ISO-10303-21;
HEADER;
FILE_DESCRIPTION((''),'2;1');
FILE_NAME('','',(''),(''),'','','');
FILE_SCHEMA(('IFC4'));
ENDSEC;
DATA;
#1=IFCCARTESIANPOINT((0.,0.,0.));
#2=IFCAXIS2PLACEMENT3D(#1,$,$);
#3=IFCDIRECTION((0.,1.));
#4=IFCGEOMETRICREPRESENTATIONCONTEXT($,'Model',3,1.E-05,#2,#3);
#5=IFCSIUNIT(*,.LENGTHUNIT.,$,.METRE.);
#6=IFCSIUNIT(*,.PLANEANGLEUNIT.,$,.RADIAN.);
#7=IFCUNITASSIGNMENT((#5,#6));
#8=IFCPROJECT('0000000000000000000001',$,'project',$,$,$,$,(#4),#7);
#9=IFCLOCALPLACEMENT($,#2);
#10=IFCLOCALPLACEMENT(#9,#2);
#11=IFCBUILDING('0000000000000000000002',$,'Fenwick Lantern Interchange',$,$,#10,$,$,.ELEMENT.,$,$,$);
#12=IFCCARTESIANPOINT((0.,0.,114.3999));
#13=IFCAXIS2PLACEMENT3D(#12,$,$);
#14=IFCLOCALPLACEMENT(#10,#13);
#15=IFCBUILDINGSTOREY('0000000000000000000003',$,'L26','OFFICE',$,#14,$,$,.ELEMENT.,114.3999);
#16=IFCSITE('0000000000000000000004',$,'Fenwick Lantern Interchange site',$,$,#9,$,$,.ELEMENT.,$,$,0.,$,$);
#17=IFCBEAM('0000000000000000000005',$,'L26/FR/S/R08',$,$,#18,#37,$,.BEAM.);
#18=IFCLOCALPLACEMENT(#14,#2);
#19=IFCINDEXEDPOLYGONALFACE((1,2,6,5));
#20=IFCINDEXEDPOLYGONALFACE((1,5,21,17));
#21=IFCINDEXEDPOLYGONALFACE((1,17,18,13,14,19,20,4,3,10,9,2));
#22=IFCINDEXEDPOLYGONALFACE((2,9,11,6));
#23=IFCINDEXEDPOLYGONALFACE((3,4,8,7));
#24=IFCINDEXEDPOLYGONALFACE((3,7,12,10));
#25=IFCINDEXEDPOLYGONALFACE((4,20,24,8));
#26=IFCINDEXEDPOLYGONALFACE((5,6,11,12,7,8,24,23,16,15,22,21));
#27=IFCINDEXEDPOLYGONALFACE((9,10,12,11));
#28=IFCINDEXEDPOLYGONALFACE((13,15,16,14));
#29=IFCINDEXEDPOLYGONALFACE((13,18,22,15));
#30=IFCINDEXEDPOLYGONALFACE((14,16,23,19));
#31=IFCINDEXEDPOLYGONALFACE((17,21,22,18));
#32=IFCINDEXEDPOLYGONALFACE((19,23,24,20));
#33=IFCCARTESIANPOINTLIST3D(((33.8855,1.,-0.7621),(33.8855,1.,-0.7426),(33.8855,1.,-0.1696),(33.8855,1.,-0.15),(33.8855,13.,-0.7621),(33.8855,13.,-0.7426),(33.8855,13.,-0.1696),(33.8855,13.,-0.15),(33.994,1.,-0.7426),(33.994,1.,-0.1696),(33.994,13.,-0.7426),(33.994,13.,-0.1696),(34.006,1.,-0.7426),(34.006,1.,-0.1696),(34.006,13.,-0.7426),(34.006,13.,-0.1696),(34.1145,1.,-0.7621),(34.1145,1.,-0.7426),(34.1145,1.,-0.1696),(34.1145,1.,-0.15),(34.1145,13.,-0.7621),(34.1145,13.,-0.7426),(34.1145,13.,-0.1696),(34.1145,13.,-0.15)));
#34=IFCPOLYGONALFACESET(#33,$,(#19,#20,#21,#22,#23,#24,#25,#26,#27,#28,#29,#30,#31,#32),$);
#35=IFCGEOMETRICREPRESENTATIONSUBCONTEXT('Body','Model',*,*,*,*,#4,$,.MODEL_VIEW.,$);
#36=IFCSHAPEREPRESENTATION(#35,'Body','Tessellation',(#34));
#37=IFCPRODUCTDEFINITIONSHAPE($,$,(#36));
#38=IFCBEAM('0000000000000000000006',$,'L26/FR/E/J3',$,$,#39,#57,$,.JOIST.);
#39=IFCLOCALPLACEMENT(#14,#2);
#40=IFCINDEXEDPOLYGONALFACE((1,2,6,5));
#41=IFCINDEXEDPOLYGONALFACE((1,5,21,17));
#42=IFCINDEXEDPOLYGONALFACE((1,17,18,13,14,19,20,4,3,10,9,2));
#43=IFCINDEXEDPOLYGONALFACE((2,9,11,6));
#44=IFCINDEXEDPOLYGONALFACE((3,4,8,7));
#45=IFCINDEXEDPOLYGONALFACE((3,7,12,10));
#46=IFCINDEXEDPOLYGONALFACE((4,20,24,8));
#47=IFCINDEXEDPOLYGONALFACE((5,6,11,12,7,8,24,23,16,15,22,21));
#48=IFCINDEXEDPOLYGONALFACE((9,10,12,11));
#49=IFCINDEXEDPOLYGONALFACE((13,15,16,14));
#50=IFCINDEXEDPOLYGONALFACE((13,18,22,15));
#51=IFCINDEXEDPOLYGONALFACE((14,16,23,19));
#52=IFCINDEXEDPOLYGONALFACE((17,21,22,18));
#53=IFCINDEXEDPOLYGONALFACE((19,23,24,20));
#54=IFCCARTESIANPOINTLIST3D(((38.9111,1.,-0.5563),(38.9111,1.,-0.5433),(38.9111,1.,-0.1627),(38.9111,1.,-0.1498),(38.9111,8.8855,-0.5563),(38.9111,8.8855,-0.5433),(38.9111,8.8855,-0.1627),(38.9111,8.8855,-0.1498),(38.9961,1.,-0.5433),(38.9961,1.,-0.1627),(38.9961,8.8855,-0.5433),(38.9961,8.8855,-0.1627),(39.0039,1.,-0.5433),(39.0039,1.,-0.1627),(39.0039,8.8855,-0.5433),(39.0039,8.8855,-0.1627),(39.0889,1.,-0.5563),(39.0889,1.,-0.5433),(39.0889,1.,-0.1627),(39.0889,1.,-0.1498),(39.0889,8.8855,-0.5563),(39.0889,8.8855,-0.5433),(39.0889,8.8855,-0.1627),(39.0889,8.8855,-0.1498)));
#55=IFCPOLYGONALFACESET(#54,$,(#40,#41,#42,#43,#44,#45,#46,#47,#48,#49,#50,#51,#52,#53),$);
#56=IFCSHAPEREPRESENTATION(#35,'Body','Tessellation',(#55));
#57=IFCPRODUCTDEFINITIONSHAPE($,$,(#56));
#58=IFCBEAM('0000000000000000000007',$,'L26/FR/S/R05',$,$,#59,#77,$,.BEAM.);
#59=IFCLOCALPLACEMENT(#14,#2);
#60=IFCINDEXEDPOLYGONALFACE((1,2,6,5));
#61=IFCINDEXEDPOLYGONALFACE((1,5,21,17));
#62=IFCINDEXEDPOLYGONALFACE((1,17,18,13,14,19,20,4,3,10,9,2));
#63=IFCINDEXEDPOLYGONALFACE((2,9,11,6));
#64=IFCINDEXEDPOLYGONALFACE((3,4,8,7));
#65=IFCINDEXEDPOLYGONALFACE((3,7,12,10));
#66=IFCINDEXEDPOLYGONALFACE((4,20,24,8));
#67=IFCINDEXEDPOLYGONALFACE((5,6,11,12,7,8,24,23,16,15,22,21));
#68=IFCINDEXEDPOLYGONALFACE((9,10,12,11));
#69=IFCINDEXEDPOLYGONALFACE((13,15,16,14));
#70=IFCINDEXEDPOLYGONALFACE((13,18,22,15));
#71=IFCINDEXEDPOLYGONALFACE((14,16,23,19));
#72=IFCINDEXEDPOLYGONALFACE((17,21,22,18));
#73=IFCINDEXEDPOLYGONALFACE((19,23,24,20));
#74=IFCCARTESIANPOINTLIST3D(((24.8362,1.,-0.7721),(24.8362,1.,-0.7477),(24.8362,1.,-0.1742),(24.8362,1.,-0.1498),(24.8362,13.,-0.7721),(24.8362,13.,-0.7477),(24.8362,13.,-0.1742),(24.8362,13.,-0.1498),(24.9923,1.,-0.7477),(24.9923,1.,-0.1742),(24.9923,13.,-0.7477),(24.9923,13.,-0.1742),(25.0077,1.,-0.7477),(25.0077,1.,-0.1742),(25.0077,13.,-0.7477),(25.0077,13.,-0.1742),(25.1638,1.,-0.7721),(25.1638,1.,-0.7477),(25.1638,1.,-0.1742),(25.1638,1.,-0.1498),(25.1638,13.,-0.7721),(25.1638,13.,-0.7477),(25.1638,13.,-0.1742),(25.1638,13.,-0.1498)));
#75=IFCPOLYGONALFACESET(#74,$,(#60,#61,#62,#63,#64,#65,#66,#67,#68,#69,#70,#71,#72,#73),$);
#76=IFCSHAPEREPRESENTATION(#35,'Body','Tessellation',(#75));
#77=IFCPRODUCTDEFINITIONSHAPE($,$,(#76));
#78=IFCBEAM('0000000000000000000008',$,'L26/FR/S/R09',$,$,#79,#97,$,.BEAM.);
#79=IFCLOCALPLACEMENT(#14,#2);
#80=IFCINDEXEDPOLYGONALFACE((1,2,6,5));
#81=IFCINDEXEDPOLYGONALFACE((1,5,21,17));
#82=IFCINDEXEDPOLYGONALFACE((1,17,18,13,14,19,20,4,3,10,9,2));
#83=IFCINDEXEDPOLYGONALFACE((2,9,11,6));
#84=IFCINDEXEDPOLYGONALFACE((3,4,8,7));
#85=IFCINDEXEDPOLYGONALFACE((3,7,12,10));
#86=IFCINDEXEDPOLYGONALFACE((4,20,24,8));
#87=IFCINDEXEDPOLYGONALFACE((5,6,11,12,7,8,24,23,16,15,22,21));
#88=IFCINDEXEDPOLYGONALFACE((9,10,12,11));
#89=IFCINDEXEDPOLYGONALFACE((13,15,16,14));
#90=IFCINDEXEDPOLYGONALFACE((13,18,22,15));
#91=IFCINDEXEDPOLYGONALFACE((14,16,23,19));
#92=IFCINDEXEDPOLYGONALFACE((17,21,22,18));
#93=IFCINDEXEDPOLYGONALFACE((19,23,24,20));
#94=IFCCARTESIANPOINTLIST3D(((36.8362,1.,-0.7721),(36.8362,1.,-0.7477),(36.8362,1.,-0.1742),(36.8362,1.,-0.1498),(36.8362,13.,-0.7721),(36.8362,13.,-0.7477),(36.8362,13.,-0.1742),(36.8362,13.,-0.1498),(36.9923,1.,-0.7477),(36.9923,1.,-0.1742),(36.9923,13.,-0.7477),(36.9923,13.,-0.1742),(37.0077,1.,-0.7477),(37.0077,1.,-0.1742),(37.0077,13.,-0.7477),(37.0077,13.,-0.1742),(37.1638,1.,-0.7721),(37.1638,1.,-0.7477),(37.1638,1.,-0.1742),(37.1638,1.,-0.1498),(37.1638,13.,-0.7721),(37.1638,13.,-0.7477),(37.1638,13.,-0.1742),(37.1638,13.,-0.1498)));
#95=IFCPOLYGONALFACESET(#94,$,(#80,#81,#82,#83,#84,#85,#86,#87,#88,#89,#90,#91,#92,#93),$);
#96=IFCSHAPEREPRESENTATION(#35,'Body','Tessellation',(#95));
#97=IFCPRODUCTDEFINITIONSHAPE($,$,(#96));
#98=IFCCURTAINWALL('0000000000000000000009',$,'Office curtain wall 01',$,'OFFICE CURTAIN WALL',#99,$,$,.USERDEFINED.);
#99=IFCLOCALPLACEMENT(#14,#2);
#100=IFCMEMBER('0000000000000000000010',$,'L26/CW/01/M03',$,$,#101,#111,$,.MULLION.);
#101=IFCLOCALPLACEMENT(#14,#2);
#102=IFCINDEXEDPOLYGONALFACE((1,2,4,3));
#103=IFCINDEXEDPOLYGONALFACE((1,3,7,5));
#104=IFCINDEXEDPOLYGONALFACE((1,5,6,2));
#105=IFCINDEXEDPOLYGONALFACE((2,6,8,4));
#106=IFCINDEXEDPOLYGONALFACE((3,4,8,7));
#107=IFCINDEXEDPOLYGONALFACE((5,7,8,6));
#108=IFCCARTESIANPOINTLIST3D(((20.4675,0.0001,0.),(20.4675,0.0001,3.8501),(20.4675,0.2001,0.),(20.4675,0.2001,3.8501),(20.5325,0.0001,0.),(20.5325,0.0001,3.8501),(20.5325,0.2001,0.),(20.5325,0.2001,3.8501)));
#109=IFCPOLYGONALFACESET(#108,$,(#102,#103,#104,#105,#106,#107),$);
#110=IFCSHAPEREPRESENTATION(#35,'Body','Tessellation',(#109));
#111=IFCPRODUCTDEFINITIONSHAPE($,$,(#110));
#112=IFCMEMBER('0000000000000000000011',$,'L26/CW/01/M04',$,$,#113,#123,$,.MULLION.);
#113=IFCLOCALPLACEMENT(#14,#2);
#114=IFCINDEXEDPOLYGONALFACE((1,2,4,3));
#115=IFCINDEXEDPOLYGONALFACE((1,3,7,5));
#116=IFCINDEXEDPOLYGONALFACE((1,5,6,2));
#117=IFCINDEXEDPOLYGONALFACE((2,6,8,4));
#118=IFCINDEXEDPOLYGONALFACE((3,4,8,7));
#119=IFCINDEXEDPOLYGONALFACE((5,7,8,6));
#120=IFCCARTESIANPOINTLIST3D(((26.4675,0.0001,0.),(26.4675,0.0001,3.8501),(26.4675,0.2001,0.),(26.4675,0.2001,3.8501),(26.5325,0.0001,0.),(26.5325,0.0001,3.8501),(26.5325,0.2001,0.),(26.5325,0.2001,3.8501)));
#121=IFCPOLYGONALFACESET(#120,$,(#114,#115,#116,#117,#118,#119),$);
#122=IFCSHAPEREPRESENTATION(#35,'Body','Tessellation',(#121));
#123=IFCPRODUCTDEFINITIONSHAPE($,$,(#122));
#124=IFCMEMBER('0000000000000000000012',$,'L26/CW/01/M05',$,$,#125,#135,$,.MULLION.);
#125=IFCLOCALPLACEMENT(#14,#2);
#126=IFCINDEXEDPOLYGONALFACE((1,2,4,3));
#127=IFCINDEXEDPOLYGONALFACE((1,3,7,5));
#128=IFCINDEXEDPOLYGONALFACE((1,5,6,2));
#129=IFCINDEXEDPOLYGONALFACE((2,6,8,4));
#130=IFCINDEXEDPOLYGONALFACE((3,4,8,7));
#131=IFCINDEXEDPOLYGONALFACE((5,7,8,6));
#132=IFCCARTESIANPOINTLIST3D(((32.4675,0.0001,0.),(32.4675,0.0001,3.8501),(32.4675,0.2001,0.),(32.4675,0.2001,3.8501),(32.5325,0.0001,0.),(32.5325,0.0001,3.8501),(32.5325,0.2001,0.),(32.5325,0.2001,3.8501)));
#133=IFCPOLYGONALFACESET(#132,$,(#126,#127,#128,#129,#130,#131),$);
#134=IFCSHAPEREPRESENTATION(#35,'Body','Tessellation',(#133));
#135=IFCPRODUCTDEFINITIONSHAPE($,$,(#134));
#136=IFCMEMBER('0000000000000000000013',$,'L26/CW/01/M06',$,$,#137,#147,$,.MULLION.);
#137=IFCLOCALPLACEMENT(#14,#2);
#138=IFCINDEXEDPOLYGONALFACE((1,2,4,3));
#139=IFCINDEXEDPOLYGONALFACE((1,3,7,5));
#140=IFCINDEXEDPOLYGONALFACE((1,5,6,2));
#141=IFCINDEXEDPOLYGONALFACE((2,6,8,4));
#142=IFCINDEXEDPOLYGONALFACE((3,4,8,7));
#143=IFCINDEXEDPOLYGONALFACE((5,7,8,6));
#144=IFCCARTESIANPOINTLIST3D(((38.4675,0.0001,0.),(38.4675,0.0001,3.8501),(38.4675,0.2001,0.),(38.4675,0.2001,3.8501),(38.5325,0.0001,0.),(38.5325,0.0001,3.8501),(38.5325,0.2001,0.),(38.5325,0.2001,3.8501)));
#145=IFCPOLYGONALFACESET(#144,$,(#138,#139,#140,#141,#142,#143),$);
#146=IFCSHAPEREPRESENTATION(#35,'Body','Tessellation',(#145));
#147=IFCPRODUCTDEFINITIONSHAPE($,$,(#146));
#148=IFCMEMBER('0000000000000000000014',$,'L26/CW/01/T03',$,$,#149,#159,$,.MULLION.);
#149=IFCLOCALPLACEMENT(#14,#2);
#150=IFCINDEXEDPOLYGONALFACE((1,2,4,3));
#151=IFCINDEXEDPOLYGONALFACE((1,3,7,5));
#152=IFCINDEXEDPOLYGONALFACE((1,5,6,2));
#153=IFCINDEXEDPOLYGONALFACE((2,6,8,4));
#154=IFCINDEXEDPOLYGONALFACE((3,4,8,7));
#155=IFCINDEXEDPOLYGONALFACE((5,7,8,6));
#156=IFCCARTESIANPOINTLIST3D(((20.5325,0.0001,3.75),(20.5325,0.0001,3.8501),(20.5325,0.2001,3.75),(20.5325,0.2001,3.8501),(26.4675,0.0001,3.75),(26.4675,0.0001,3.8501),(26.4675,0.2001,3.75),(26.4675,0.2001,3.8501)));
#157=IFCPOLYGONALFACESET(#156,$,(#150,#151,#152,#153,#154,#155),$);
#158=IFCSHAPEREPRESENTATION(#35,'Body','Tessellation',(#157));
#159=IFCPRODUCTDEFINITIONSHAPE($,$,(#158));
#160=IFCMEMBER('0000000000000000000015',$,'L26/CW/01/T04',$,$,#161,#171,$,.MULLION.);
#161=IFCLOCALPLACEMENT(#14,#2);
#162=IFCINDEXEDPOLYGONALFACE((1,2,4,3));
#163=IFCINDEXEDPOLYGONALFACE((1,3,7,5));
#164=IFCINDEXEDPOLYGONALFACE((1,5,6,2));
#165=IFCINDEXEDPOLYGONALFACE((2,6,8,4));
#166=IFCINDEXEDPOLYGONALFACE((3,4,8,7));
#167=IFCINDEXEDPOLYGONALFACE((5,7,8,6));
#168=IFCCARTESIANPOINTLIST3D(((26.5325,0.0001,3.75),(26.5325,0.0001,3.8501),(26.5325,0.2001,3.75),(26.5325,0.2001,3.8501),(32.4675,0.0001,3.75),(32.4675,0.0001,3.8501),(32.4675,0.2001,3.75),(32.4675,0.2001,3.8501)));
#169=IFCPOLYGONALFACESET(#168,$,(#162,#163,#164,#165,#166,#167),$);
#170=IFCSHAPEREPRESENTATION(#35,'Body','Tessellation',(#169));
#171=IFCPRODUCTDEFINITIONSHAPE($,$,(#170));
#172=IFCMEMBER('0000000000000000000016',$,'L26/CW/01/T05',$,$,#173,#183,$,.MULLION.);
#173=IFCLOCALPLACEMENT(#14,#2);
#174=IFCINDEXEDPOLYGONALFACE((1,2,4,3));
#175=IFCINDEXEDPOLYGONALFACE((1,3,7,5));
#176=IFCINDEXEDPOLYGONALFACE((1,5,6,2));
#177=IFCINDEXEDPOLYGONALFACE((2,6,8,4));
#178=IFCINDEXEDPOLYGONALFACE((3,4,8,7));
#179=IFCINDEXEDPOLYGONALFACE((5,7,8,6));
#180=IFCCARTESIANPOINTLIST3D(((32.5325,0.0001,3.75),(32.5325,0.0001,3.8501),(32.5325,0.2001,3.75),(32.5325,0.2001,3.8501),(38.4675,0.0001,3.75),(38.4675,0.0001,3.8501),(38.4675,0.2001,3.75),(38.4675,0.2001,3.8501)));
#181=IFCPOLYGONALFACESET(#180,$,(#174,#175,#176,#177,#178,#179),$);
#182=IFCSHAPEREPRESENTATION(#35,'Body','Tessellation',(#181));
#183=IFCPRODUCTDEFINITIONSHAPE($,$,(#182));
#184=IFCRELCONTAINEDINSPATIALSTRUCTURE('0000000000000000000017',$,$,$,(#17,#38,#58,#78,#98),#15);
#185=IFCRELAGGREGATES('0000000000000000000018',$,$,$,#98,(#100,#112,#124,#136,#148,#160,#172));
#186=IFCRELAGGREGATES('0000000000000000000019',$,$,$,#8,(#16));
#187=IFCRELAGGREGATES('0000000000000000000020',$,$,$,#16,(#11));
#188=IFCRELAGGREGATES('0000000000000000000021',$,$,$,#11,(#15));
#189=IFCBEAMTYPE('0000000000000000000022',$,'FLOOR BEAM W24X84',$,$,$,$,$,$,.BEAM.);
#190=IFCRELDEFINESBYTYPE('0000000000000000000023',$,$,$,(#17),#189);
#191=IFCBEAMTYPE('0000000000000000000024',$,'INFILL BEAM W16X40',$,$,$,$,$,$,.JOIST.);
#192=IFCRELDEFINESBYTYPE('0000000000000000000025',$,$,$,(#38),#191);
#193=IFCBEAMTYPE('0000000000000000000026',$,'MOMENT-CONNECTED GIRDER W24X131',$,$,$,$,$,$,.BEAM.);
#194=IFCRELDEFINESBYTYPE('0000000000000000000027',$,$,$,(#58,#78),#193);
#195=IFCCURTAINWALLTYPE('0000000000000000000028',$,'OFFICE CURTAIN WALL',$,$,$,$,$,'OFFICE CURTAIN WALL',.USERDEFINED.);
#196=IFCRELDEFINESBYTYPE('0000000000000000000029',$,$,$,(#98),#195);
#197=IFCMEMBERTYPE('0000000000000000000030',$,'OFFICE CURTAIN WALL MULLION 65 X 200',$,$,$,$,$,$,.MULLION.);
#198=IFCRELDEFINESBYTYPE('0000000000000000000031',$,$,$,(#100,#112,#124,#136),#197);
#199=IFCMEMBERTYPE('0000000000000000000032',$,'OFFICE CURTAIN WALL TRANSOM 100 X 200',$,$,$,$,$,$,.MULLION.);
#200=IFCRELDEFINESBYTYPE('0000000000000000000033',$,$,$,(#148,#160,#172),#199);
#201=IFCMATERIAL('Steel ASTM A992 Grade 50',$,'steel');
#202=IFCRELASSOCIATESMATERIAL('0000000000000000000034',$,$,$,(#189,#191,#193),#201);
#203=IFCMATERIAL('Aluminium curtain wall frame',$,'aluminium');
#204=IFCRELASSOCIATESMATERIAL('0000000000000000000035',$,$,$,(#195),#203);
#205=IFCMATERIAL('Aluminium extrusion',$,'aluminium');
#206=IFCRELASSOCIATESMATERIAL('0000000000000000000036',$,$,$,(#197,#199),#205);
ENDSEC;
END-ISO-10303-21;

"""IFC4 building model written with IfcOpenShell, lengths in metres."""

from ifc_helpers import new_model, si_unit, direction, frame, origin, origin_2d, place, context, subcontext, project, spatial, rectangle, i_section, extrude, material, material_profile, profile_set, type_object, element, aggregate, save


model = new_model("IFC4")

# Units and contexts
model_context = context("Model", 3, precision=1e-05, world=origin(), true_north=direction((0.0, 1.0)))
body_context = subcontext(model_context, "Body", "Model", "MODEL_VIEW")
ifc_project = project(units=[si_unit("LENGTHUNIT", "METRE"), si_unit("PLANEANGLEUNIT", "RADIAN")], contexts=[model_context])

# Site, building, storey
site_placement = place(None, origin())
site = spatial("IfcSite", under=ifc_project, at=site_placement, Name="Fenwick Lantern Interchange site", CompositionType="ELEMENT", RefElevation=0.0)
building_placement = place(site_placement, origin())
building = spatial("IfcBuilding", under=site, at=building_placement, Name="Fenwick Lantern Interchange", CompositionType="ELEMENT")
storey_placement = place(building_placement, frame((0.0, 0.0, 114.3999)))
storey = spatial("IfcBuildingStorey", under=building, at=storey_placement, Name="L26", Description="OFFICE", CompositionType="ELEMENT", Elevation=114.3999)

# Shared definitions
ifc_material_1 = material(Name="Steel ASTM A992 Grade 50", Category="steel")

# Beams
ifc_material_profile_1 = material_profile(ifc_material_1, i_section(OverallWidth=0.229, OverallDepth=0.6121, WebThickness=0.012, FlangeThickness=0.0195, at=origin_2d()), Name="W24X84")
ifc_profile_set_1 = profile_set([ifc_material_profile_1], Name="Steel ASTM A992 Grade 50")
beam_type_1 = type_object("IfcBeamType", Name="FLOOR BEAM W24X84", PredefinedType="BEAM", material=ifc_profile_set_1)
for number, where, z_axis, x_axis, name in (
    (1, (34.0, 1.0, -0.4561), (0.0, 1.0, 0.0), (-1.0, 0.0, 0.0), "L26/FR/S/R08"),
):
    element("IfcBeam", number, at=place(storey_placement, frame(where, z_axis=z_axis, x_axis=x_axis)), inside=storey, type_object=beam_type_1, Name=name, PredefinedType="BEAM", context=body_context, shape_type="SweptSolid", body=[
        extrude(i_section(OverallWidth=0.229, OverallDepth=0.6121, WebThickness=0.012, FlangeThickness=0.0195, at=origin_2d()), origin(), (0.0, 0.0, 1.0), 12.0),
    ])
ifc_material_profile_2 = material_profile(ifc_material_1, i_section(OverallWidth=0.1777, OverallDepth=0.4065, WebThickness=0.0078, FlangeThickness=0.0129, at=origin_2d()), Name="W16X40")
ifc_profile_set_2 = profile_set([ifc_material_profile_2], Name="Steel ASTM A992 Grade 50")
beam_type_2 = type_object("IfcBeamType", Name="INFILL BEAM W16X40", PredefinedType="JOIST", material=ifc_profile_set_2)
beam_1_placement = place(storey_placement, frame((39.0, 1.0, -0.353), z_axis=(0.0, 1.0, 0.0), x_axis=(-1.0, 0.0, 0.0)))
element("IfcBeam", 2, at=beam_1_placement, inside=storey, type_object=beam_type_2, Name="L26/FR/E/J3", PredefinedType="JOIST", context=body_context, shape_type="SweptSolid", body=[
    extrude(i_section(OverallWidth=0.1777, OverallDepth=0.4065, WebThickness=0.0078, FlangeThickness=0.0129, at=origin_2d()), origin(), (0.0, 0.0, 1.0), 7.8855),
])
ifc_material_profile_3 = material_profile(ifc_material_1, i_section(OverallWidth=0.3276, OverallDepth=0.6223, WebThickness=0.0154, FlangeThickness=0.0244, at=origin_2d()), Name="W24X131")
ifc_profile_set_3 = profile_set([ifc_material_profile_3], Name="Steel ASTM A992 Grade 50")
beam_type_3 = type_object("IfcBeamType", Name="MOMENT-CONNECTED GIRDER W24X131", PredefinedType="BEAM", material=ifc_profile_set_3)
for number, where, z_axis, x_axis, name in (
    (3, (25.0, 1.0, -0.4609), (0.0, 1.0, 0.0), (-1.0, 0.0, 0.0), "L26/FR/S/R05"),
    (4, (37.0, 1.0, -0.4609), (0.0, 1.0, 0.0), (-1.0, 0.0, 0.0), "L26/FR/S/R09"),
):
    element("IfcBeam", number, at=place(storey_placement, frame(where, z_axis=z_axis, x_axis=x_axis)), inside=storey, type_object=beam_type_3, Name=name, PredefinedType="BEAM", context=body_context, shape_type="SweptSolid", body=[
        extrude(i_section(OverallWidth=0.3276, OverallDepth=0.6223, WebThickness=0.0154, FlangeThickness=0.0244, at=origin_2d()), origin(), (0.0, 0.0, 1.0), 12.0),
    ])

# Curtain wall, members
ifc_material_2 = material(Name="Aluminium curtain wall frame", Category="aluminium")
curtain_wall_type = type_object("IfcCurtainWallType", Name="OFFICE CURTAIN WALL", ElementType="OFFICE CURTAIN WALL", PredefinedType="USERDEFINED", material=ifc_material_2)
curtain_wall_placement = place(storey_placement, origin())
curtain_wall = element("IfcCurtainWall", 5, at=curtain_wall_placement, inside=storey, type_object=curtain_wall_type, Name="Office curtain wall 01", ObjectType="OFFICE CURTAIN WALL", PredefinedType="USERDEFINED")
ifc_material_3 = material(Name="Aluminium extrusion", Category="aluminium")
ifc_material_profile_4 = material_profile(ifc_material_3, rectangle(XDim=0.2, YDim=0.0649, at=origin_2d()), Name="OFFICE CURTAIN WALL MULLION 65 X 200")
ifc_profile_set_4 = profile_set([ifc_material_profile_4], Name="Aluminium extrusion")
member_type_1 = type_object("IfcMemberType", Name="OFFICE CURTAIN WALL MULLION 65 X 200", PredefinedType="MULLION", material=ifc_profile_set_4)
member_1_placement = place(storey_placement, frame((20.5, 0.1001, 0.0), z_axis=(0.0, 0.0, 1.0), x_axis=(0.0, 1.0, 0.0)))
member_1 = element("IfcMember", 6, at=member_1_placement, type_object=member_type_1, Name="L26/CW/01/M03", PredefinedType="MULLION", context=body_context, shape_type="SweptSolid", body=[
    extrude(rectangle(XDim=0.2, YDim=0.0649, at=origin_2d()), origin(), (0.0, 0.0, 1.0), 3.8501),
])
member_2_placement = place(storey_placement, frame((26.5, 0.1001, 0.0), z_axis=(0.0, 0.0, 1.0), x_axis=(0.0, 1.0, 0.0)))
member_2 = element("IfcMember", 7, at=member_2_placement, type_object=member_type_1, Name="L26/CW/01/M04", PredefinedType="MULLION", context=body_context, shape_type="SweptSolid", body=[
    extrude(rectangle(XDim=0.2, YDim=0.0649, at=origin_2d()), origin(), (0.0, 0.0, 1.0), 3.8501),
])
member_3_placement = place(storey_placement, frame((32.5, 0.1001, 0.0), z_axis=(0.0, 0.0, 1.0), x_axis=(0.0, 1.0, 0.0)))
member_3 = element("IfcMember", 8, at=member_3_placement, type_object=member_type_1, Name="L26/CW/01/M05", PredefinedType="MULLION", context=body_context, shape_type="SweptSolid", body=[
    extrude(rectangle(XDim=0.2, YDim=0.0649, at=origin_2d()), origin(), (0.0, 0.0, 1.0), 3.8501),
])
member_4_placement = place(storey_placement, frame((38.5, 0.1001, 0.0), z_axis=(0.0, 0.0, 1.0), x_axis=(0.0, 1.0, 0.0)))
member_4 = element("IfcMember", 9, at=member_4_placement, type_object=member_type_1, Name="L26/CW/01/M06", PredefinedType="MULLION", context=body_context, shape_type="SweptSolid", body=[
    extrude(rectangle(XDim=0.2, YDim=0.0649, at=origin_2d()), origin(), (0.0, 0.0, 1.0), 3.8501),
])
ifc_material_profile_5 = material_profile(ifc_material_3, rectangle(XDim=0.2, YDim=0.1001, at=origin_2d()), Name="OFFICE CURTAIN WALL TRANSOM 100 X 200")
ifc_profile_set_5 = profile_set([ifc_material_profile_5], Name="Aluminium extrusion")
member_type_2 = type_object("IfcMemberType", Name="OFFICE CURTAIN WALL TRANSOM 100 X 200", PredefinedType="MULLION", material=ifc_profile_set_5)
member_5_placement = place(storey_placement, frame((20.5325, 0.1001, 3.8), z_axis=(1.0, 0.0, 0.0), x_axis=(0.0, 1.0, 0.0)))
member_5 = element("IfcMember", 10, at=member_5_placement, type_object=member_type_2, Name="L26/CW/01/T03", PredefinedType="MULLION", context=body_context, shape_type="SweptSolid", body=[
    extrude(rectangle(XDim=0.2, YDim=0.1001, at=origin_2d()), origin(), (0.0, 0.0, 1.0), 5.9351),
])
member_6_placement = place(storey_placement, frame((26.5325, 0.1001, 3.8), z_axis=(1.0, 0.0, 0.0), x_axis=(0.0, 1.0, 0.0)))
member_6 = element("IfcMember", 11, at=member_6_placement, type_object=member_type_2, Name="L26/CW/01/T04", PredefinedType="MULLION", context=body_context, shape_type="SweptSolid", body=[
    extrude(rectangle(XDim=0.2, YDim=0.1001, at=origin_2d()), origin(), (0.0, 0.0, 1.0), 5.9351),
])
member_7_placement = place(storey_placement, frame((32.5325, 0.1001, 3.8), z_axis=(1.0, 0.0, 0.0), x_axis=(0.0, 1.0, 0.0)))
member_7 = element("IfcMember", 12, at=member_7_placement, type_object=member_type_2, Name="L26/CW/01/T05", PredefinedType="MULLION", context=body_context, shape_type="SweptSolid", body=[
    extrude(rectangle(XDim=0.2, YDim=0.1001, at=origin_2d()), origin(), (0.0, 0.0, 1.0), 5.9351),
])
aggregate(curtain_wall, [member_1, member_2, member_3, member_4, member_5, member_6, member_7])

save(model, "model.ifc")
